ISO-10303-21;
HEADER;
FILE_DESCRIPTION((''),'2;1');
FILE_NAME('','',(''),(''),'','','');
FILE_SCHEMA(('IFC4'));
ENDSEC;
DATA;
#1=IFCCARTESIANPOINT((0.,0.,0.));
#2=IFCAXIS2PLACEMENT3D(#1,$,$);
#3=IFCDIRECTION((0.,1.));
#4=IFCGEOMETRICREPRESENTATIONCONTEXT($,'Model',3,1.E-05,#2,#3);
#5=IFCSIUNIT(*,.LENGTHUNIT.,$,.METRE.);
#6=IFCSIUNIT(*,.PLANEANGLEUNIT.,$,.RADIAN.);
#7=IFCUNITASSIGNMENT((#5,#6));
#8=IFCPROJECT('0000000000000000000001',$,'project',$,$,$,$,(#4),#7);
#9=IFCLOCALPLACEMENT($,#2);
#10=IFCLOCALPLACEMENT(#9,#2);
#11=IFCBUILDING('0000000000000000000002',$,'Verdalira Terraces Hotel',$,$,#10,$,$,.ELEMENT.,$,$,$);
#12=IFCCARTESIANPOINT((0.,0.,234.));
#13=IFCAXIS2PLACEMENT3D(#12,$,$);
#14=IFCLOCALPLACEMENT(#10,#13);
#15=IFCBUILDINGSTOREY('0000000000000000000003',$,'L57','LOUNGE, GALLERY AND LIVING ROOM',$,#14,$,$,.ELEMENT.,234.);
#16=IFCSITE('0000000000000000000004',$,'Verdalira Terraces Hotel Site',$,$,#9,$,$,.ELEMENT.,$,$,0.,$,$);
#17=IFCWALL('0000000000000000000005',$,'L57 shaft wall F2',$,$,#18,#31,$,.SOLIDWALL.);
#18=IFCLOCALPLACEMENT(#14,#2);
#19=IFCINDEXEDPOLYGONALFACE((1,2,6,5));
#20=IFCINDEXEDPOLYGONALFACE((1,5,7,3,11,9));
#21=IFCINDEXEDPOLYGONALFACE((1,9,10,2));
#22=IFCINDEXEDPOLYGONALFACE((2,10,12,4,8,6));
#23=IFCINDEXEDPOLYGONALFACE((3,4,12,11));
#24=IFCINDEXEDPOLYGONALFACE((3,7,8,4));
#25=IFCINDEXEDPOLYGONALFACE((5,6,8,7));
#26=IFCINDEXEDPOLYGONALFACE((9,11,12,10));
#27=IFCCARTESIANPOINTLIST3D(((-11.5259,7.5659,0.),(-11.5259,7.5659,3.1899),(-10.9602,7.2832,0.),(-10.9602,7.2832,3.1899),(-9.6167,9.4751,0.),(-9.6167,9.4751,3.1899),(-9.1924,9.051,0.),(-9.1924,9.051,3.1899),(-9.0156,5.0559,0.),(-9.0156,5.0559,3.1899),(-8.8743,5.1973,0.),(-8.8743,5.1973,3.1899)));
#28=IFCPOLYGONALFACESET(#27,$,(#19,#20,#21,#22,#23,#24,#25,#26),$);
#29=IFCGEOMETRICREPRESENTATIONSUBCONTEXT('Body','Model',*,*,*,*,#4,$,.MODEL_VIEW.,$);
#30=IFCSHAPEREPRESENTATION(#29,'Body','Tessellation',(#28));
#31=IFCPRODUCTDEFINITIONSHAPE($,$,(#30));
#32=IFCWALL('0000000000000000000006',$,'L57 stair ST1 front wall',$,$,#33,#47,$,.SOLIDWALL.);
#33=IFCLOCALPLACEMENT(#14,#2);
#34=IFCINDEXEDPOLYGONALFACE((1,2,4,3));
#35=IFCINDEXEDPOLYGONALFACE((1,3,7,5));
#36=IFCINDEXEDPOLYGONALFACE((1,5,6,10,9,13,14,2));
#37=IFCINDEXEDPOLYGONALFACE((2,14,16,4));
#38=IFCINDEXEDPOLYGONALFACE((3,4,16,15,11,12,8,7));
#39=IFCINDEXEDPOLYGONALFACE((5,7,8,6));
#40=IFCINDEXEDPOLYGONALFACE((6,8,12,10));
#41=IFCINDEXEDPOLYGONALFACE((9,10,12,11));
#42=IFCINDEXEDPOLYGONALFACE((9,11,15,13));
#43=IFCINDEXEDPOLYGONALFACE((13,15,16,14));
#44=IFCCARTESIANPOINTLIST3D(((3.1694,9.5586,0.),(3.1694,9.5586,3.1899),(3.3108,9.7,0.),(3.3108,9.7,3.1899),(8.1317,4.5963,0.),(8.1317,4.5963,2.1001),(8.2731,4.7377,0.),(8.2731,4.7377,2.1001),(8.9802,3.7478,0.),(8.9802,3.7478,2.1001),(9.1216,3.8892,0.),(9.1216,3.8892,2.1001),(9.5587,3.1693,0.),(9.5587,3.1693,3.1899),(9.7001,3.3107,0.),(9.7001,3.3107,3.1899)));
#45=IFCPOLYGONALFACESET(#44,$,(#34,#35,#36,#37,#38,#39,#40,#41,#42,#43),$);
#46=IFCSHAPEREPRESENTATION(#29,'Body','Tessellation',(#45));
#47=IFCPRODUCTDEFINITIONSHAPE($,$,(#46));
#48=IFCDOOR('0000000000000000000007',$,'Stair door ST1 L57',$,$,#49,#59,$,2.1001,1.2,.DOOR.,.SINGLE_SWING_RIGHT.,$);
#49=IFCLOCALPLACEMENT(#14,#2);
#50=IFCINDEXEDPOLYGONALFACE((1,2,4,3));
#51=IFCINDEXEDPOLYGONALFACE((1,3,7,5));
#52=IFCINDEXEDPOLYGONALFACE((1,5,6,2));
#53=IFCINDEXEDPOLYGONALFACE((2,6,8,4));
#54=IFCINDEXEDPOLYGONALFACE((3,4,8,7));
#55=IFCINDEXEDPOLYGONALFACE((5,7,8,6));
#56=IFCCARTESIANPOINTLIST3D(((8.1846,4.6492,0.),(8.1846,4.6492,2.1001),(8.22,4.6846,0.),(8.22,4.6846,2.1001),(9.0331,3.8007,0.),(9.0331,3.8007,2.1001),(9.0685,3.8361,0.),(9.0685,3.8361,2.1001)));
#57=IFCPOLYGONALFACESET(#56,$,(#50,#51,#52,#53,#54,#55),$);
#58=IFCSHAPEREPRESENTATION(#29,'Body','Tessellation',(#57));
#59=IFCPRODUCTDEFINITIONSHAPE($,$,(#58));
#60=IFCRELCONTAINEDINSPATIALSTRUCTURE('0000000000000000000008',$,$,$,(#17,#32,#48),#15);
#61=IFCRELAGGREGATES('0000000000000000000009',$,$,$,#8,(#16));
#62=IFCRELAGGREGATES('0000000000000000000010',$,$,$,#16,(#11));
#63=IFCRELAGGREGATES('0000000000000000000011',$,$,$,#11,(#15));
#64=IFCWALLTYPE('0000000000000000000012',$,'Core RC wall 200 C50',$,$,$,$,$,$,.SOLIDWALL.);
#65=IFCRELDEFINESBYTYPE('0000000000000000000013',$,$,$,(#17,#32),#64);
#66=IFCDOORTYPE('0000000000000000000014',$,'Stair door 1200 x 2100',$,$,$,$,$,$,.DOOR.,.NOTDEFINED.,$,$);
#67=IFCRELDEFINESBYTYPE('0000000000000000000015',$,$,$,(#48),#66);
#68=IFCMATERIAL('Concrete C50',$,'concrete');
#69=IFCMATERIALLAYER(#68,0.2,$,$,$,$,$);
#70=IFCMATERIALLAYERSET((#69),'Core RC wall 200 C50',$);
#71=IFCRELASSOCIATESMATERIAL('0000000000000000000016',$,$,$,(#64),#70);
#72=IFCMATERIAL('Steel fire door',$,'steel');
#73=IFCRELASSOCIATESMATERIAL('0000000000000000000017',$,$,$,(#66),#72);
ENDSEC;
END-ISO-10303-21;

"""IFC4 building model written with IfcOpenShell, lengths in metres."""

from ifc_helpers import new_model, si_unit, direction, frame, frame_2d, origin, place, context, subcontext, project, spatial, polyline, rectangle, outline, extrude, material, layer, layer_set, type_object, element, fill, save


model = new_model("IFC4")

# Units and contexts
model_context = context("Model", 3, precision=1e-05, world=origin(), true_north=direction((0.0, 1.0)))
body_context = subcontext(model_context, "Body", "Model", "MODEL_VIEW")
ifc_project = project(units=[si_unit("LENGTHUNIT", "METRE"), si_unit("PLANEANGLEUNIT", "RADIAN")], contexts=[model_context])

# Site, building, storey
site_placement = place(None, origin())
site = spatial("IfcSite", under=ifc_project, at=site_placement, Name="Verdalira Terraces Hotel Site", CompositionType="ELEMENT", RefElevation=0.0)
building_placement = place(site_placement, origin())
building = spatial("IfcBuilding", under=site, at=building_placement, Name="Verdalira Terraces Hotel", CompositionType="ELEMENT")
storey_placement = place(building_placement, frame((0.0, 0.0, 234.0)))
storey = spatial("IfcBuildingStorey", under=building, at=storey_placement, Name="L57", Description="LOUNGE, GALLERY AND LIVING ROOM", CompositionType="ELEMENT", Elevation=234.0)

# Shared definitions
ifc_material_1 = material(Name="Concrete C50", Category="concrete")
ifc_layer_1 = layer(ifc_material_1, 0.2)
ifc_layer_set_1 = layer_set([ifc_layer_1], Name="Core RC wall 200 C50")
wall_type_1 = type_object("IfcWallType", Name="Core RC wall 200 C50", PredefinedType="SOLIDWALL", material=ifc_layer_set_1)

# Wall
wall_1_placement = place(storey_placement, origin())
element("IfcWall", 1, at=wall_1_placement, inside=storey, type_object=wall_type_1, Name="L57 shaft wall F2", PredefinedType="SOLIDWALL", context=body_context, shape_type="SweptSolid", body=[
    extrude(outline(polyline([(-11.5259, 7.5659), (-9.6167, 9.4751), (-9.1924, 9.051), (-10.9602, 7.2832), (-8.8743, 5.1973), (-9.0156, 5.0559), (-11.5259, 7.5659)])), origin(), (0.0, 0.0, 1.0), 3.1899),
])

# Wall, opening, door
wall_2_placement = place(storey_placement, frame((3.24, 9.6294, 0.0), z_axis=(0.0, 0.0, 1.0), x_axis=(0.707107, -0.707107, 0.0)))
wall_2 = element("IfcWall", 2, at=wall_2_placement, inside=storey, type_object=wall_type_1, Name="L57 stair ST1 front wall", PredefinedType="SOLIDWALL", context=body_context, shape_type="SweptSolid", body=[
    extrude(rectangle(XDim=9.0359, YDim=0.2, at=frame_2d((4.5181, 0.0))), origin(), (0.0, 0.0, 1.0), 3.1899),
])
opening_1_placement = place(wall_2_placement, frame((7.0178, 0.0, 0.0)))
opening_1 = element("IfcOpeningElement", 3, at=opening_1_placement, cuts=wall_2, PredefinedType="OPENING", context=body_context, shape_type="SweptSolid", body=[
    extrude(rectangle(XDim=1.2, YDim=2.1001, at=frame_2d((0.6001, 1.05))), frame((0.0, 0.1099, 0.0), z_axis=(0.0, -1.0, 0.0), x_axis=(1.0, 0.0, 0.0)), (0.0, 0.0, 1.0), 0.22),
])
ifc_material_2 = material(Name="Steel fire door", Category="steel")
door_type_1 = type_object("IfcDoorType", Name="Stair door 1200 x 2100", OperationType="NOTDEFINED", PredefinedType="DOOR", material=ifc_material_2)
door_1_placement = place(opening_1_placement, origin())
door_1 = element("IfcDoor", 4, at=door_1_placement, inside=storey, type_object=door_type_1, Name="Stair door ST1 L57", OperationType="SINGLE_SWING_RIGHT", OverallHeight=2.1001, OverallWidth=1.2, PredefinedType="DOOR", context=body_context, shape_type="SweptSolid", body=[
    extrude(rectangle(XDim=1.2, YDim=2.1001, at=frame_2d((0.6001, 1.05))), frame((0.0, 0.0249, 0.0), z_axis=(0.0, -1.0, 0.0), x_axis=(1.0, 0.0, 0.0)), (0.0, 0.0, 1.0), 0.05),
])
fill(opening_1, door_1)

save(model, "model.ifc")
